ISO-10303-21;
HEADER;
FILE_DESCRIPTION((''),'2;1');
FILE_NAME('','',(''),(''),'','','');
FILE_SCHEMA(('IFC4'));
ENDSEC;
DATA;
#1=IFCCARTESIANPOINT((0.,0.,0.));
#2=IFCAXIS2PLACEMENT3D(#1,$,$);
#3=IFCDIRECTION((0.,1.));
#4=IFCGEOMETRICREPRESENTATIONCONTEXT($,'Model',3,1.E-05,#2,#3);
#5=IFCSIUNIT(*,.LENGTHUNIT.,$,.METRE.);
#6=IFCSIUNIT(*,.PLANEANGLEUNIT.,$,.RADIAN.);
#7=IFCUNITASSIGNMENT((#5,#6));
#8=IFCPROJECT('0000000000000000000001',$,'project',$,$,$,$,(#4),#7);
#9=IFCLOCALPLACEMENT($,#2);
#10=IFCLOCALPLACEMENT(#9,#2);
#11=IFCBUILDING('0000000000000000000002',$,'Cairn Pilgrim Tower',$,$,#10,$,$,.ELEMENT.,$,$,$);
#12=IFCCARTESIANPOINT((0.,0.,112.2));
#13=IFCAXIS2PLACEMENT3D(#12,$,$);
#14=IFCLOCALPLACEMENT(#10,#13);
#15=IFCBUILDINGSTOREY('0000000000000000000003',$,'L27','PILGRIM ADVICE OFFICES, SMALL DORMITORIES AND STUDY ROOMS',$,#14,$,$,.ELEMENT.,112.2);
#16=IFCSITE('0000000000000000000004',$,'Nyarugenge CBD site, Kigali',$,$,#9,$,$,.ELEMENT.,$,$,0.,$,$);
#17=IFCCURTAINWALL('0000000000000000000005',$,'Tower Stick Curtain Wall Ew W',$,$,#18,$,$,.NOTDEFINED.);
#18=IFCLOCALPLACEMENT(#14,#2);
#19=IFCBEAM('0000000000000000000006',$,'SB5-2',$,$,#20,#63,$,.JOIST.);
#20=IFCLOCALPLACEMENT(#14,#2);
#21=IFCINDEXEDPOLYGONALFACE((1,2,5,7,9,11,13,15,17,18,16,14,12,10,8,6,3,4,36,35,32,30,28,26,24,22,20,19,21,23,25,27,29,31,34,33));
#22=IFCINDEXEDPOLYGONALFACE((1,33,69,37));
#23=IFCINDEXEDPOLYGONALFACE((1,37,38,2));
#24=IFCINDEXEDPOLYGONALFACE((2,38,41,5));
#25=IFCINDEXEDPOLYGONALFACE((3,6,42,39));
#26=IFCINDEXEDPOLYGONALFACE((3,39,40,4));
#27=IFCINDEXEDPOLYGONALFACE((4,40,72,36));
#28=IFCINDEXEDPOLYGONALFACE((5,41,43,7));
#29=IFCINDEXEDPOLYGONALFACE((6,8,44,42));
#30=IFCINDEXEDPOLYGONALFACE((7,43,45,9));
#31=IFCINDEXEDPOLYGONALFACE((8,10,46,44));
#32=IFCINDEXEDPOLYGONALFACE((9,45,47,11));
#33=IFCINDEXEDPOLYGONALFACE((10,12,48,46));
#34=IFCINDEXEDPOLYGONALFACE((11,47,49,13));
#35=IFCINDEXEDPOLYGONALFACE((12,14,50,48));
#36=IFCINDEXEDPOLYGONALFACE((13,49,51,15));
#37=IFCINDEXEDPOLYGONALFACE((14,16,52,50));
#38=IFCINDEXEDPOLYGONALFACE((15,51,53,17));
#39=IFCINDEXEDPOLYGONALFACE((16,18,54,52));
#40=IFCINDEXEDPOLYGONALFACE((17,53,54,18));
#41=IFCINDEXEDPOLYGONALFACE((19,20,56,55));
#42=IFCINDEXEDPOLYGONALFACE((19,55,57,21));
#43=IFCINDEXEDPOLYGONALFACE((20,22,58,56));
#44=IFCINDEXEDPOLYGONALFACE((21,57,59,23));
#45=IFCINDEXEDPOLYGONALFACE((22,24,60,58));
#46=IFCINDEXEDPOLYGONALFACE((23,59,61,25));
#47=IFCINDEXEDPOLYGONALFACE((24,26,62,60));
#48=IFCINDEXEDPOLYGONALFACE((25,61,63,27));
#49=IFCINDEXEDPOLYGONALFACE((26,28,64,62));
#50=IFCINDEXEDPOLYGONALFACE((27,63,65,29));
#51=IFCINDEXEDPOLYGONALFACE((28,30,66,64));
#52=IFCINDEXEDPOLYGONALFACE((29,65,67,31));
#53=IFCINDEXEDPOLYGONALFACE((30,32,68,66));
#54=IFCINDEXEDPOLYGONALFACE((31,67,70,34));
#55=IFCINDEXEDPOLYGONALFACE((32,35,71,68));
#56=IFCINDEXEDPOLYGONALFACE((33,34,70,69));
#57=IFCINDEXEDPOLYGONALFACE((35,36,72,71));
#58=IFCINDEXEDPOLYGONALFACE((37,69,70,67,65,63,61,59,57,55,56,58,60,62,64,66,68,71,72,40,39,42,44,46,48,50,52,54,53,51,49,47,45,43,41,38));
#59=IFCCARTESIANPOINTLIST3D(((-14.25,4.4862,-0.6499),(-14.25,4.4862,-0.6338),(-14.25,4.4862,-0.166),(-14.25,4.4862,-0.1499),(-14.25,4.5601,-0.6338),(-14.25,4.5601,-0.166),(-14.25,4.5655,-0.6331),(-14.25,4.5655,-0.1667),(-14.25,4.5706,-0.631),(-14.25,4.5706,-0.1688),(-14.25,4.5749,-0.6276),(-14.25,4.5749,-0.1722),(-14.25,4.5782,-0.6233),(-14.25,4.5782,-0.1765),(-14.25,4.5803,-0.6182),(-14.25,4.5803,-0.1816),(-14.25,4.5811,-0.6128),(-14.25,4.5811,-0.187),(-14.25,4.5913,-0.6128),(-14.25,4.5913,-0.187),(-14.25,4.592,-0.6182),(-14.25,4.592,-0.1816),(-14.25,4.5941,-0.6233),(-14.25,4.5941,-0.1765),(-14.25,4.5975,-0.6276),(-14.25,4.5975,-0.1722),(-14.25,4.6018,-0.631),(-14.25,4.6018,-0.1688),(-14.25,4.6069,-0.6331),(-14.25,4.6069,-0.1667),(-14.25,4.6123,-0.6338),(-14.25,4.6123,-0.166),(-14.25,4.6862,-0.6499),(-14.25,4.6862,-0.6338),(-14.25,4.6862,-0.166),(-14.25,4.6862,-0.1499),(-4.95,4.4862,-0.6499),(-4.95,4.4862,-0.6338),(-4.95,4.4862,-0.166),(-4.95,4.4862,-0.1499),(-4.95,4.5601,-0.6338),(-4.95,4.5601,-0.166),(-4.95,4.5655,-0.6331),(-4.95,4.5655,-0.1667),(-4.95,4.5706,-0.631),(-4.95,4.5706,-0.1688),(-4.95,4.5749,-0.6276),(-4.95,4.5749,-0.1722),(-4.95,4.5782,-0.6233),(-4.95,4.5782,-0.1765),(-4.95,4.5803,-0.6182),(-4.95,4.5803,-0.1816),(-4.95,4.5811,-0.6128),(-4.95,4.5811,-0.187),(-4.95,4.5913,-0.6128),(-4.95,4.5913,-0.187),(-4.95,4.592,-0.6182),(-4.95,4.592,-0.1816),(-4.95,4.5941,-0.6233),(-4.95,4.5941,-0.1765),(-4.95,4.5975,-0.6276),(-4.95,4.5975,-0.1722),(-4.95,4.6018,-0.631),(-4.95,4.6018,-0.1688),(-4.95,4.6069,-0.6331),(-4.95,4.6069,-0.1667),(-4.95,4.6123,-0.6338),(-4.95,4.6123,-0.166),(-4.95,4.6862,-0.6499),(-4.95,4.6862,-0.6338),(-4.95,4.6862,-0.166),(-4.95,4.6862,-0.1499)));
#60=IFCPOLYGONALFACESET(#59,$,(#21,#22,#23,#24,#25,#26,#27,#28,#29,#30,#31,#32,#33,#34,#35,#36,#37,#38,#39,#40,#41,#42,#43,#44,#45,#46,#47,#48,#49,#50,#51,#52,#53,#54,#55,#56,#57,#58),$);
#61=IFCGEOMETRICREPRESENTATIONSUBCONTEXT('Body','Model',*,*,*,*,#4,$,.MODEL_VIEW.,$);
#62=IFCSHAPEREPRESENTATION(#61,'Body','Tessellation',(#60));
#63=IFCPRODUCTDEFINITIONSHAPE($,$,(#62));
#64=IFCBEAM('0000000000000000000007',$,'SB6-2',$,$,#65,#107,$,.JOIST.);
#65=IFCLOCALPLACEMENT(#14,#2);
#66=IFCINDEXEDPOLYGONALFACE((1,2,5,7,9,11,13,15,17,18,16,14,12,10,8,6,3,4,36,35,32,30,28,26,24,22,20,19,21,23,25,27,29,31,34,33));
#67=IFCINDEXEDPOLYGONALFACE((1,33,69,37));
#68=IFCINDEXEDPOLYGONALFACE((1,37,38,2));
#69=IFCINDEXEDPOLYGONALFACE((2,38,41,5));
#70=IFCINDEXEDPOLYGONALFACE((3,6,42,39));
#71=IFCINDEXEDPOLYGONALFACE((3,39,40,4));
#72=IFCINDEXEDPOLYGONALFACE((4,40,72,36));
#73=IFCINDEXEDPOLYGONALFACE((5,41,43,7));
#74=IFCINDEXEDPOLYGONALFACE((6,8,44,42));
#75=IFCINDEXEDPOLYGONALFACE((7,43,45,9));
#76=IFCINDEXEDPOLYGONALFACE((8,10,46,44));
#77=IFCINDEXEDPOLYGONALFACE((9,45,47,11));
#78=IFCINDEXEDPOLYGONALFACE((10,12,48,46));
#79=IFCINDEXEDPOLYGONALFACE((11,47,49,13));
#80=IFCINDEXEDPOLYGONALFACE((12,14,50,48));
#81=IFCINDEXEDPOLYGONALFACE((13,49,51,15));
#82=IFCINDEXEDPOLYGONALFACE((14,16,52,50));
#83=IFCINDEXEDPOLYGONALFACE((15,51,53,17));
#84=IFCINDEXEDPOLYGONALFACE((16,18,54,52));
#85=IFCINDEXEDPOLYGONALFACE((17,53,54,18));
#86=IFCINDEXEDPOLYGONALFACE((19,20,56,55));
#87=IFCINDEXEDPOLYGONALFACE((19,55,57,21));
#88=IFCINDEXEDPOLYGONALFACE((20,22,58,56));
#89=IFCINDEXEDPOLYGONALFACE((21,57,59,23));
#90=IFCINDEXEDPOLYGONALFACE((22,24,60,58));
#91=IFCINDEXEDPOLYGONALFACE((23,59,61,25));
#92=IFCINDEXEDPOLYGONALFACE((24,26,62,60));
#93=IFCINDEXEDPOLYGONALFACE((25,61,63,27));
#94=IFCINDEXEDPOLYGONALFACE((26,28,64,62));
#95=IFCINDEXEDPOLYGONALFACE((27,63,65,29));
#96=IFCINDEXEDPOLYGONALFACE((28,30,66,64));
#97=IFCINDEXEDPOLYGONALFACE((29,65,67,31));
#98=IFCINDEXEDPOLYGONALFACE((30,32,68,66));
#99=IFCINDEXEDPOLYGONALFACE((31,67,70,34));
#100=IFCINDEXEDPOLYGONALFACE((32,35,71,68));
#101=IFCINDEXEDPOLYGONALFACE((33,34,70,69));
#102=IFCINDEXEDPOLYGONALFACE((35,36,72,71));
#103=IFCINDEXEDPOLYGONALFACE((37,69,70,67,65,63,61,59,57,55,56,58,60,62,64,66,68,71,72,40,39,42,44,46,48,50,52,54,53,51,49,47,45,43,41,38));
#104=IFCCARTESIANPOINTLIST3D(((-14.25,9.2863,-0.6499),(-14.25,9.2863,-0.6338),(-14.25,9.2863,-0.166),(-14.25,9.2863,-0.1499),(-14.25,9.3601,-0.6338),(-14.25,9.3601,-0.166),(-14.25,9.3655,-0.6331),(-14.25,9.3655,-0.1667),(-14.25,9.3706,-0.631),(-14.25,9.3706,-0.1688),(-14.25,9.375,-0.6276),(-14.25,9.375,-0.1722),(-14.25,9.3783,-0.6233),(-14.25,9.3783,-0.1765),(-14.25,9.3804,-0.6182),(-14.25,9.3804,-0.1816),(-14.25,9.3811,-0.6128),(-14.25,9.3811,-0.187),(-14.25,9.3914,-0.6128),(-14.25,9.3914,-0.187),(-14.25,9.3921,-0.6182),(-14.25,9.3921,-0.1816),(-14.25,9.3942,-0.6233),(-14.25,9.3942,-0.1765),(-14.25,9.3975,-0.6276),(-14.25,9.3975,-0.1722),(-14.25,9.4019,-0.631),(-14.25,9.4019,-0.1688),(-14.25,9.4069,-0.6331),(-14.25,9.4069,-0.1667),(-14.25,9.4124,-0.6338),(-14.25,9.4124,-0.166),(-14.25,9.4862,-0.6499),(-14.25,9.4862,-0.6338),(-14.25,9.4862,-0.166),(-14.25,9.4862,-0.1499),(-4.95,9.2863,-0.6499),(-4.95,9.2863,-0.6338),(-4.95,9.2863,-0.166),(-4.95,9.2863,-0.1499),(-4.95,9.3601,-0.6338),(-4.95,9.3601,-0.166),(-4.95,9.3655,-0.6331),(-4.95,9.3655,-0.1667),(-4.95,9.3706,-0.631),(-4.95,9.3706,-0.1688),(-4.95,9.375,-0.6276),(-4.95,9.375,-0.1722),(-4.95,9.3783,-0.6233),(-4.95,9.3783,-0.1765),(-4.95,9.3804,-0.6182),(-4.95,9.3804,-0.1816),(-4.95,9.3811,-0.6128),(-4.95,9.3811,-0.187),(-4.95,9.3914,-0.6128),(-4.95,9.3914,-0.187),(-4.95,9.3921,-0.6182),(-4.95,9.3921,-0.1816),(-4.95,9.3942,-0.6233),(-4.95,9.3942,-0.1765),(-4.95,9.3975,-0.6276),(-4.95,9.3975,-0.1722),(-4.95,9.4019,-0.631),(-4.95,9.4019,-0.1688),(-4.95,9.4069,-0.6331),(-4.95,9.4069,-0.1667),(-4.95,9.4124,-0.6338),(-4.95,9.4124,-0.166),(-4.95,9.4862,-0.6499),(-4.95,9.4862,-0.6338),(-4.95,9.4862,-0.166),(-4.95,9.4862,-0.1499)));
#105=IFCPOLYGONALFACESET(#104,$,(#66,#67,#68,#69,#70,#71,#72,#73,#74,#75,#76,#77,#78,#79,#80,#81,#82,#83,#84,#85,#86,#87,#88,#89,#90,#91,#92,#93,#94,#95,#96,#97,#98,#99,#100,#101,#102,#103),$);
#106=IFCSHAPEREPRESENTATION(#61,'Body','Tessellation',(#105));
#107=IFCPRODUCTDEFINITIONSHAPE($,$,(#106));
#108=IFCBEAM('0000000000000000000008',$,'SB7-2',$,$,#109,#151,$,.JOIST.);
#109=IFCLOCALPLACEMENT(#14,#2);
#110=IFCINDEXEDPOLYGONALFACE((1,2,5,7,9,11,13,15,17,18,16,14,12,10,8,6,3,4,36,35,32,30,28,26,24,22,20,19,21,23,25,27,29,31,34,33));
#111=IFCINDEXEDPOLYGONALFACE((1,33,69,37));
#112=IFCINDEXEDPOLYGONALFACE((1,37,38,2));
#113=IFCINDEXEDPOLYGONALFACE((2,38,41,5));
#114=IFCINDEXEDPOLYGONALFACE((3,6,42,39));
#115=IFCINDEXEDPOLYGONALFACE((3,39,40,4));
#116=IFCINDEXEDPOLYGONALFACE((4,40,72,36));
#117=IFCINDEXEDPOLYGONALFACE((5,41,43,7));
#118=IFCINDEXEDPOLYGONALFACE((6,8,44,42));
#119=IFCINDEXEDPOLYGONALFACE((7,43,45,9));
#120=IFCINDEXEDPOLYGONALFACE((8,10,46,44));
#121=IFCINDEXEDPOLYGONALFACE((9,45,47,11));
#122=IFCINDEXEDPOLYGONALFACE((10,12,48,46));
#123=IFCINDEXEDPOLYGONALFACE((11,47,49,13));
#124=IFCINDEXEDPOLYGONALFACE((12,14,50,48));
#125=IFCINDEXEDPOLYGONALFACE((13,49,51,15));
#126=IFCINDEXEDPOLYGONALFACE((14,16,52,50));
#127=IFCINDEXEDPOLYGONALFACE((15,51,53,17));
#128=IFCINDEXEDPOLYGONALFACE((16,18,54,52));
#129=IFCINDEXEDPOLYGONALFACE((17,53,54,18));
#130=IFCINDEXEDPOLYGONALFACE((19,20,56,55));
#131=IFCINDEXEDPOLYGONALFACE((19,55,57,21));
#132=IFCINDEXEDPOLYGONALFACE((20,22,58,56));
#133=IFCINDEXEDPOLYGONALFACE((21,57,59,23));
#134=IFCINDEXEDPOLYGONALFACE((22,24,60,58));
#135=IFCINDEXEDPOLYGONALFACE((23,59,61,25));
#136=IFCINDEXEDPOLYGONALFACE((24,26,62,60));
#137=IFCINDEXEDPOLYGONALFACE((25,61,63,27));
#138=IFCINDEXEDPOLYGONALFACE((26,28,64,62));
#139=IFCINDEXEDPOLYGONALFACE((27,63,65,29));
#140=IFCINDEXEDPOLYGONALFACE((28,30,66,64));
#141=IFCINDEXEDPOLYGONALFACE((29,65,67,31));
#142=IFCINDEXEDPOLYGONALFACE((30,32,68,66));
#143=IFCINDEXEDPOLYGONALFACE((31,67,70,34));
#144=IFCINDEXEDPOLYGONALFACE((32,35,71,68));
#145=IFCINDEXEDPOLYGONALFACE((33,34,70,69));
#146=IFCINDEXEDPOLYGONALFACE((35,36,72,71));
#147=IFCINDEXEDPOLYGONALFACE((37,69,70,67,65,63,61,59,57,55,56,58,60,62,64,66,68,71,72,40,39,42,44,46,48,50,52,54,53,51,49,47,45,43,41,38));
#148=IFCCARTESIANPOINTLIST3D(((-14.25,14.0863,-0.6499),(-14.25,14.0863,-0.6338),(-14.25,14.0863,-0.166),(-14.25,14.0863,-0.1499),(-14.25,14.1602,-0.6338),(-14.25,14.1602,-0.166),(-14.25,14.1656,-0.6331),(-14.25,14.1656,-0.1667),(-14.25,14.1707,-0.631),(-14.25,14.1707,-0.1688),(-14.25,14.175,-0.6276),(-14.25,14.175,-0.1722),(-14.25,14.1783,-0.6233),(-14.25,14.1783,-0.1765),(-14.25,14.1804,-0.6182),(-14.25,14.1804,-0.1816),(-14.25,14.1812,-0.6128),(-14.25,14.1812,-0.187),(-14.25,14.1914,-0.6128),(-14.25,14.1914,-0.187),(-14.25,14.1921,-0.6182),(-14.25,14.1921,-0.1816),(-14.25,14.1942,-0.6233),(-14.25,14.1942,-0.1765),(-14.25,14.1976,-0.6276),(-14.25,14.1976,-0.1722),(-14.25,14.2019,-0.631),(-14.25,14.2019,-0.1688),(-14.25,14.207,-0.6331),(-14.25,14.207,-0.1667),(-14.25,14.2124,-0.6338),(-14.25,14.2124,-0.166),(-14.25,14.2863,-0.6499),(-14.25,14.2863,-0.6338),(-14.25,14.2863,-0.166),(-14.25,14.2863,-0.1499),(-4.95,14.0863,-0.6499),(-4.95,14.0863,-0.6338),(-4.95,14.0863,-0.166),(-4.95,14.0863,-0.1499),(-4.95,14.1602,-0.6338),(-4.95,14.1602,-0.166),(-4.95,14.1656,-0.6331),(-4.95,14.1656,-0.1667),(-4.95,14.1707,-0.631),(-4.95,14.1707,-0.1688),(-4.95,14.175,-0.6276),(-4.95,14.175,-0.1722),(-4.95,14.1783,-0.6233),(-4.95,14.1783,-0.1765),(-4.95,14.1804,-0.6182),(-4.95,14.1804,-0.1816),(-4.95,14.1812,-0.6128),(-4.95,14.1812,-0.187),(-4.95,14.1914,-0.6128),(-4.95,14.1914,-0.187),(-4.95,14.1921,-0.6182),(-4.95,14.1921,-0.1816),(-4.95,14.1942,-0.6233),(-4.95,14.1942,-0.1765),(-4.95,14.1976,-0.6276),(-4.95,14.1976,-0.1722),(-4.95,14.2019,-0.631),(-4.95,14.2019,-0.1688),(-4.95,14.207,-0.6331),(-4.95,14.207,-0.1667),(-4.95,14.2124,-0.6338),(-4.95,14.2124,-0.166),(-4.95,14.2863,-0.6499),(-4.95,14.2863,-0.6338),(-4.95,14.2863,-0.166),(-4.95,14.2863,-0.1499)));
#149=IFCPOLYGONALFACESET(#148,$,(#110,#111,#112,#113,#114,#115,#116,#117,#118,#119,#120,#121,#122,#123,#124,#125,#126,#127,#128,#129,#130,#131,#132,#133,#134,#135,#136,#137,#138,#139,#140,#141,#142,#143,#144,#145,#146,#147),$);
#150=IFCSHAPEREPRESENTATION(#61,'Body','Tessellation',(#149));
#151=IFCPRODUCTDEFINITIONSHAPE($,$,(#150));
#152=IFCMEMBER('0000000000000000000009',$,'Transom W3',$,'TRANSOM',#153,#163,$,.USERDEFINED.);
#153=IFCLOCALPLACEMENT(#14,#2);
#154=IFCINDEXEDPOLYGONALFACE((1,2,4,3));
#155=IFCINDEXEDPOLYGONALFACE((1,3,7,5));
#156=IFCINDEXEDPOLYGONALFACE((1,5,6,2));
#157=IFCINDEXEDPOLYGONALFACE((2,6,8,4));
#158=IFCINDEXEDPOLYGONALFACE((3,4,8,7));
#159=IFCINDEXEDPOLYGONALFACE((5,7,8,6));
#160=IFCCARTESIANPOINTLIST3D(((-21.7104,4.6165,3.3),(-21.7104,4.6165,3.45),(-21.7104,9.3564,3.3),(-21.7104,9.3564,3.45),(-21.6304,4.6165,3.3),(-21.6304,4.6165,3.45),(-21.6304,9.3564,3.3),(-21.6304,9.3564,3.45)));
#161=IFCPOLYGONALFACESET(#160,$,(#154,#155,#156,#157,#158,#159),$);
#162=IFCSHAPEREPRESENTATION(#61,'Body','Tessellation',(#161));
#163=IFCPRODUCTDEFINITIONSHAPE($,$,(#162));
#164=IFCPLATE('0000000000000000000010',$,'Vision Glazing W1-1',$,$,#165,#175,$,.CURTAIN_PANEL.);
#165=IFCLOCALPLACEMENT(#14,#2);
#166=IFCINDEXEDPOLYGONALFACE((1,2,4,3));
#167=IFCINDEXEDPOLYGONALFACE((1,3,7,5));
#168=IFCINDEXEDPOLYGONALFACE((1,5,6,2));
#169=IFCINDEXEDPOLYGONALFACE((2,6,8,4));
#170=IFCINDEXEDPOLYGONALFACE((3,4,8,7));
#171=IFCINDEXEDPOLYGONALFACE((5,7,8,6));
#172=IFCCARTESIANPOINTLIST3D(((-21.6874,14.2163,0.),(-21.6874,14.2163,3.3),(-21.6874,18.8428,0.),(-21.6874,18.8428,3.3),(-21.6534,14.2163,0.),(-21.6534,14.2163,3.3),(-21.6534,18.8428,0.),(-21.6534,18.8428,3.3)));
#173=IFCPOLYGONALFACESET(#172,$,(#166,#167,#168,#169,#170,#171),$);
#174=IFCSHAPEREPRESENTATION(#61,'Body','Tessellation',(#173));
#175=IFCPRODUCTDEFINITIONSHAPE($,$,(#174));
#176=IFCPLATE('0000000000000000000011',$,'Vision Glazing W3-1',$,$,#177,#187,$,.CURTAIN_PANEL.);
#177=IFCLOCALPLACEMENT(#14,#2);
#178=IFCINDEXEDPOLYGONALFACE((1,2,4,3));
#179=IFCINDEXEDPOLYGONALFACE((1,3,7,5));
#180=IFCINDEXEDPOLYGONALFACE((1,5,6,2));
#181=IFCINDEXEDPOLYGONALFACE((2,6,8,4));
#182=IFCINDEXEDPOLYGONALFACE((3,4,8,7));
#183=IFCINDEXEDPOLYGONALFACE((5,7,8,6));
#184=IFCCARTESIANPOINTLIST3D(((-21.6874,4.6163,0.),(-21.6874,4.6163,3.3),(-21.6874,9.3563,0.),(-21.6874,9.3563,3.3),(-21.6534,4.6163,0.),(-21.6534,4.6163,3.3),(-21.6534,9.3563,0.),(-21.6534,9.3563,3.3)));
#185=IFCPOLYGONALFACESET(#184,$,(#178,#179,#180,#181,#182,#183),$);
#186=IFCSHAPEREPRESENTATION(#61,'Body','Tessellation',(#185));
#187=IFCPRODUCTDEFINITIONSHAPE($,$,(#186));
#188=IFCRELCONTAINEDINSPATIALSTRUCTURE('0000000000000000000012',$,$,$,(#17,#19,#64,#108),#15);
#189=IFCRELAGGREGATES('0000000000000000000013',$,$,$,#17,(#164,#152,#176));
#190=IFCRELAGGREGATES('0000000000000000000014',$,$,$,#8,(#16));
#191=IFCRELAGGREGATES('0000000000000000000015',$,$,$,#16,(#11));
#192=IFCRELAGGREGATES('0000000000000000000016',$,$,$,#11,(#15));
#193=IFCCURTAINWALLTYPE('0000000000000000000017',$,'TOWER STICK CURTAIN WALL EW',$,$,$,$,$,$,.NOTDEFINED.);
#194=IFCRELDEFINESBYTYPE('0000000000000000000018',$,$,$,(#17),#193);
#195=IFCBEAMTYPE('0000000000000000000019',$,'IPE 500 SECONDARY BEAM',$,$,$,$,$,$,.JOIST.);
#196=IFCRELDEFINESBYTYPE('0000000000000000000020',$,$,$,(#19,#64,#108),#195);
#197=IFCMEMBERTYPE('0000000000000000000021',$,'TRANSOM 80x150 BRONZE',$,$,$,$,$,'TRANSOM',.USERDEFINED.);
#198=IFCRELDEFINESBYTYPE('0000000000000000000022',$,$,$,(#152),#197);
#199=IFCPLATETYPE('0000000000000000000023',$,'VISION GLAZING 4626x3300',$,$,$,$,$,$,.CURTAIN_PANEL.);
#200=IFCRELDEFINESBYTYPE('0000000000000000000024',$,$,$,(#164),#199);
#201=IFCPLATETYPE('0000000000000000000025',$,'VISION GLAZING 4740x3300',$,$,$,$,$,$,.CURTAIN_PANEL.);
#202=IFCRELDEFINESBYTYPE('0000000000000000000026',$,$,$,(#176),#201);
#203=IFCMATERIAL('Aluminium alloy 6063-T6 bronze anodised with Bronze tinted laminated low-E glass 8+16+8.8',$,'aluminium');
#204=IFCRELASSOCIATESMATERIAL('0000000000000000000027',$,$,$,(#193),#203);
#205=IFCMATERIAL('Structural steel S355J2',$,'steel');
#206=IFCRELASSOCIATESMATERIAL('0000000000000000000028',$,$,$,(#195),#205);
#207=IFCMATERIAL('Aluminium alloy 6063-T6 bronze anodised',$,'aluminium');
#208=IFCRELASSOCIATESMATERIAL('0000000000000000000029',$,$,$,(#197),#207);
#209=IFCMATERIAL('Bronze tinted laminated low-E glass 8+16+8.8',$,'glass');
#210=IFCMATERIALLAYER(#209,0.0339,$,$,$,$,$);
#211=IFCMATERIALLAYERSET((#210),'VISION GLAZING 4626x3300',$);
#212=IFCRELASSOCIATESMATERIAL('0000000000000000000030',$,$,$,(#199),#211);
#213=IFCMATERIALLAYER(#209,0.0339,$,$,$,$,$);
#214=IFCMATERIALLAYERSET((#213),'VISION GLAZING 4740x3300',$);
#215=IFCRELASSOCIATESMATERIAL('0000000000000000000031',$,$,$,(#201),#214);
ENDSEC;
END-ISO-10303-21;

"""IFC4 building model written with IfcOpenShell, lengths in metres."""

from ifc_helpers import new_model, si_unit, direction, frame, origin, origin_2d, place, context, subcontext, project, spatial, rectangle, i_section, extrude, material, layer, layer_set, material_profile, profile_set, type_object, element, aggregate, save


model = new_model("IFC4")

# Units and contexts
model_context = context("Model", 3, precision=1e-05, world=origin(), true_north=direction((0.0, 1.0)))
body_context = subcontext(model_context, "Body", "Model", "MODEL_VIEW")
ifc_project = project(units=[si_unit("LENGTHUNIT", "METRE"), si_unit("PLANEANGLEUNIT", "RADIAN")], contexts=[model_context])

# Site, building, storey
site_placement = place(None, origin())
site = spatial("IfcSite", under=ifc_project, at=site_placement, Name="Nyarugenge CBD site, Kigali", CompositionType="ELEMENT", RefElevation=0.0)
building_placement = place(site_placement, origin())
building = spatial("IfcBuilding", under=site, at=building_placement, Name="Cairn Pilgrim Tower", CompositionType="ELEMENT")
storey_placement = place(building_placement, frame((0.0, 0.0, 112.2)))
storey = spatial("IfcBuildingStorey", under=building, at=storey_placement, Name="L27", Description="PILGRIM ADVICE OFFICES, SMALL DORMITORIES AND STUDY ROOMS", CompositionType="ELEMENT", Elevation=112.2)

# Shared definitions
ifc_material_1 = material(Name="Structural steel S355J2", Category="steel")

# Curtain wall
ifc_material_2 = material(Name="Aluminium alloy 6063-T6 bronze anodised with Bronze tinted laminated low-E glass 8+16+8.8", Category="aluminium")
curtain_wall_type = type_object("IfcCurtainWallType", Name="TOWER STICK CURTAIN WALL EW", PredefinedType="NOTDEFINED", material=ifc_material_2)
curtain_wall_placement = place(storey_placement, origin())
curtain_wall = element("IfcCurtainWall", 1, at=curtain_wall_placement, inside=storey, type_object=curtain_wall_type, Name="Tower Stick Curtain Wall Ew W", PredefinedType="NOTDEFINED")
ifc_material_3 = material(Name="Aluminium alloy 6063-T6 bronze anodised", Category="aluminium")

# Beams
ifc_material_profile_1 = material_profile(ifc_material_1, i_section(OverallWidth=0.2, OverallDepth=0.5, WebThickness=0.0103, FlangeThickness=0.0161, FilletRadius=0.021, at=origin_2d()), Name="IPE 500")
ifc_profile_set_1 = profile_set([ifc_material_profile_1], Name="Structural steel S355J2")
beam_type_1 = type_object("IfcBeamType", Name="IPE 500 SECONDARY BEAM", PredefinedType="JOIST", material=ifc_profile_set_1)
for number, where, z_axis, x_axis, name in (
    (2, (-14.25, 4.5862, -0.3999), (1.0, 0.0, 0.0), (0.0, 1.0, 0.0), "SB5-2"),
    (3, (-14.25, 9.3862, -0.3999), (1.0, 0.0, 0.0), (0.0, 1.0, 0.0), "SB6-2"),
    (4, (-14.25, 14.1863, -0.3999), (1.0, 0.0, 0.0), (0.0, 1.0, 0.0), "SB7-2"),
):
    element("IfcBeam", number, at=place(storey_placement, frame(where, z_axis=z_axis, x_axis=x_axis)), inside=storey, type_object=beam_type_1, Name=name, PredefinedType="JOIST", context=body_context, shape_type="SweptSolid", body=[
        extrude(i_section(OverallWidth=0.2, OverallDepth=0.5, WebThickness=0.0103, FlangeThickness=0.0161, FilletRadius=0.021, at=origin_2d()), origin(), (0.0, 0.0, 1.0), 9.3),
    ])

# Member
ifc_material_profile_2 = material_profile(ifc_material_3, rectangle(XDim=0.0801, YDim=0.1499, at=origin_2d()), Name="TRANSOM 80x150 BRONZE")
ifc_profile_set_2 = profile_set([ifc_material_profile_2], Name="Aluminium alloy 6063-T6 bronze anodised")
member_type_1 = type_object("IfcMemberType", Name="TRANSOM 80x150 BRONZE", ElementType="TRANSOM", PredefinedType="USERDEFINED", material=ifc_profile_set_2)
member_1_placement = place(storey_placement, frame((-21.6704, 9.3564, 3.375), z_axis=(0.0, -1.0, 0.0), x_axis=(1.0, 0.0, 0.0)))
member_1 = element("IfcMember", 5, at=member_1_placement, type_object=member_type_1, Name="Transom W3", ObjectType="TRANSOM", PredefinedType="USERDEFINED", context=body_context, shape_type="SweptSolid", body=[
    extrude(rectangle(XDim=0.0801, YDim=0.1499, at=origin_2d()), origin(), (0.0, 0.0, 1.0), 4.74),
])

# Plates
ifc_material_4 = material(Name="Bronze tinted laminated low-E glass 8+16+8.8", Category="glass")
ifc_layer_1 = layer(ifc_material_4, 0.0339)
ifc_layer_set_1 = layer_set([ifc_layer_1], Name="VISION GLAZING 4626x3300")
plate_type_1 = type_object("IfcPlateType", Name="VISION GLAZING 4626x3300", PredefinedType="CURTAIN_PANEL", material=ifc_layer_set_1)
plate_1_placement = place(storey_placement, frame((-21.6704, 16.5295, 0.0), z_axis=(0.0, 0.0, 1.0), x_axis=(0.0, -1.0, 0.0)))
plate_1 = element("IfcPlate", 6, at=plate_1_placement, type_object=plate_type_1, Name="Vision Glazing W1-1", PredefinedType="CURTAIN_PANEL", context=body_context, shape_type="SweptSolid", body=[
    extrude(rectangle(XDim=4.6265, YDim=0.0339, at=origin_2d()), origin(), (0.0, 0.0, 1.0), 3.3),
])
ifc_layer_2 = layer(ifc_material_4, 0.0339)
ifc_layer_set_2 = layer_set([ifc_layer_2], Name="VISION GLAZING 4740x3300")
plate_type_2 = type_object("IfcPlateType", Name="VISION GLAZING 4740x3300", PredefinedType="CURTAIN_PANEL", material=ifc_layer_set_2)
plate_2_placement = place(storey_placement, frame((-21.6704, 6.9863, 0.0), z_axis=(0.0, 0.0, 1.0), x_axis=(0.0, -1.0, 0.0)))
plate_2 = element("IfcPlate", 7, at=plate_2_placement, type_object=plate_type_2, Name="Vision Glazing W3-1", PredefinedType="CURTAIN_PANEL", context=body_context, shape_type="SweptSolid", body=[
    extrude(rectangle(XDim=4.74, YDim=0.0339, at=origin_2d()), origin(), (0.0, 0.0, 1.0), 3.3),
])
aggregate(curtain_wall, [plate_1, member_1, plate_2])

save(model, "model.ifc")
